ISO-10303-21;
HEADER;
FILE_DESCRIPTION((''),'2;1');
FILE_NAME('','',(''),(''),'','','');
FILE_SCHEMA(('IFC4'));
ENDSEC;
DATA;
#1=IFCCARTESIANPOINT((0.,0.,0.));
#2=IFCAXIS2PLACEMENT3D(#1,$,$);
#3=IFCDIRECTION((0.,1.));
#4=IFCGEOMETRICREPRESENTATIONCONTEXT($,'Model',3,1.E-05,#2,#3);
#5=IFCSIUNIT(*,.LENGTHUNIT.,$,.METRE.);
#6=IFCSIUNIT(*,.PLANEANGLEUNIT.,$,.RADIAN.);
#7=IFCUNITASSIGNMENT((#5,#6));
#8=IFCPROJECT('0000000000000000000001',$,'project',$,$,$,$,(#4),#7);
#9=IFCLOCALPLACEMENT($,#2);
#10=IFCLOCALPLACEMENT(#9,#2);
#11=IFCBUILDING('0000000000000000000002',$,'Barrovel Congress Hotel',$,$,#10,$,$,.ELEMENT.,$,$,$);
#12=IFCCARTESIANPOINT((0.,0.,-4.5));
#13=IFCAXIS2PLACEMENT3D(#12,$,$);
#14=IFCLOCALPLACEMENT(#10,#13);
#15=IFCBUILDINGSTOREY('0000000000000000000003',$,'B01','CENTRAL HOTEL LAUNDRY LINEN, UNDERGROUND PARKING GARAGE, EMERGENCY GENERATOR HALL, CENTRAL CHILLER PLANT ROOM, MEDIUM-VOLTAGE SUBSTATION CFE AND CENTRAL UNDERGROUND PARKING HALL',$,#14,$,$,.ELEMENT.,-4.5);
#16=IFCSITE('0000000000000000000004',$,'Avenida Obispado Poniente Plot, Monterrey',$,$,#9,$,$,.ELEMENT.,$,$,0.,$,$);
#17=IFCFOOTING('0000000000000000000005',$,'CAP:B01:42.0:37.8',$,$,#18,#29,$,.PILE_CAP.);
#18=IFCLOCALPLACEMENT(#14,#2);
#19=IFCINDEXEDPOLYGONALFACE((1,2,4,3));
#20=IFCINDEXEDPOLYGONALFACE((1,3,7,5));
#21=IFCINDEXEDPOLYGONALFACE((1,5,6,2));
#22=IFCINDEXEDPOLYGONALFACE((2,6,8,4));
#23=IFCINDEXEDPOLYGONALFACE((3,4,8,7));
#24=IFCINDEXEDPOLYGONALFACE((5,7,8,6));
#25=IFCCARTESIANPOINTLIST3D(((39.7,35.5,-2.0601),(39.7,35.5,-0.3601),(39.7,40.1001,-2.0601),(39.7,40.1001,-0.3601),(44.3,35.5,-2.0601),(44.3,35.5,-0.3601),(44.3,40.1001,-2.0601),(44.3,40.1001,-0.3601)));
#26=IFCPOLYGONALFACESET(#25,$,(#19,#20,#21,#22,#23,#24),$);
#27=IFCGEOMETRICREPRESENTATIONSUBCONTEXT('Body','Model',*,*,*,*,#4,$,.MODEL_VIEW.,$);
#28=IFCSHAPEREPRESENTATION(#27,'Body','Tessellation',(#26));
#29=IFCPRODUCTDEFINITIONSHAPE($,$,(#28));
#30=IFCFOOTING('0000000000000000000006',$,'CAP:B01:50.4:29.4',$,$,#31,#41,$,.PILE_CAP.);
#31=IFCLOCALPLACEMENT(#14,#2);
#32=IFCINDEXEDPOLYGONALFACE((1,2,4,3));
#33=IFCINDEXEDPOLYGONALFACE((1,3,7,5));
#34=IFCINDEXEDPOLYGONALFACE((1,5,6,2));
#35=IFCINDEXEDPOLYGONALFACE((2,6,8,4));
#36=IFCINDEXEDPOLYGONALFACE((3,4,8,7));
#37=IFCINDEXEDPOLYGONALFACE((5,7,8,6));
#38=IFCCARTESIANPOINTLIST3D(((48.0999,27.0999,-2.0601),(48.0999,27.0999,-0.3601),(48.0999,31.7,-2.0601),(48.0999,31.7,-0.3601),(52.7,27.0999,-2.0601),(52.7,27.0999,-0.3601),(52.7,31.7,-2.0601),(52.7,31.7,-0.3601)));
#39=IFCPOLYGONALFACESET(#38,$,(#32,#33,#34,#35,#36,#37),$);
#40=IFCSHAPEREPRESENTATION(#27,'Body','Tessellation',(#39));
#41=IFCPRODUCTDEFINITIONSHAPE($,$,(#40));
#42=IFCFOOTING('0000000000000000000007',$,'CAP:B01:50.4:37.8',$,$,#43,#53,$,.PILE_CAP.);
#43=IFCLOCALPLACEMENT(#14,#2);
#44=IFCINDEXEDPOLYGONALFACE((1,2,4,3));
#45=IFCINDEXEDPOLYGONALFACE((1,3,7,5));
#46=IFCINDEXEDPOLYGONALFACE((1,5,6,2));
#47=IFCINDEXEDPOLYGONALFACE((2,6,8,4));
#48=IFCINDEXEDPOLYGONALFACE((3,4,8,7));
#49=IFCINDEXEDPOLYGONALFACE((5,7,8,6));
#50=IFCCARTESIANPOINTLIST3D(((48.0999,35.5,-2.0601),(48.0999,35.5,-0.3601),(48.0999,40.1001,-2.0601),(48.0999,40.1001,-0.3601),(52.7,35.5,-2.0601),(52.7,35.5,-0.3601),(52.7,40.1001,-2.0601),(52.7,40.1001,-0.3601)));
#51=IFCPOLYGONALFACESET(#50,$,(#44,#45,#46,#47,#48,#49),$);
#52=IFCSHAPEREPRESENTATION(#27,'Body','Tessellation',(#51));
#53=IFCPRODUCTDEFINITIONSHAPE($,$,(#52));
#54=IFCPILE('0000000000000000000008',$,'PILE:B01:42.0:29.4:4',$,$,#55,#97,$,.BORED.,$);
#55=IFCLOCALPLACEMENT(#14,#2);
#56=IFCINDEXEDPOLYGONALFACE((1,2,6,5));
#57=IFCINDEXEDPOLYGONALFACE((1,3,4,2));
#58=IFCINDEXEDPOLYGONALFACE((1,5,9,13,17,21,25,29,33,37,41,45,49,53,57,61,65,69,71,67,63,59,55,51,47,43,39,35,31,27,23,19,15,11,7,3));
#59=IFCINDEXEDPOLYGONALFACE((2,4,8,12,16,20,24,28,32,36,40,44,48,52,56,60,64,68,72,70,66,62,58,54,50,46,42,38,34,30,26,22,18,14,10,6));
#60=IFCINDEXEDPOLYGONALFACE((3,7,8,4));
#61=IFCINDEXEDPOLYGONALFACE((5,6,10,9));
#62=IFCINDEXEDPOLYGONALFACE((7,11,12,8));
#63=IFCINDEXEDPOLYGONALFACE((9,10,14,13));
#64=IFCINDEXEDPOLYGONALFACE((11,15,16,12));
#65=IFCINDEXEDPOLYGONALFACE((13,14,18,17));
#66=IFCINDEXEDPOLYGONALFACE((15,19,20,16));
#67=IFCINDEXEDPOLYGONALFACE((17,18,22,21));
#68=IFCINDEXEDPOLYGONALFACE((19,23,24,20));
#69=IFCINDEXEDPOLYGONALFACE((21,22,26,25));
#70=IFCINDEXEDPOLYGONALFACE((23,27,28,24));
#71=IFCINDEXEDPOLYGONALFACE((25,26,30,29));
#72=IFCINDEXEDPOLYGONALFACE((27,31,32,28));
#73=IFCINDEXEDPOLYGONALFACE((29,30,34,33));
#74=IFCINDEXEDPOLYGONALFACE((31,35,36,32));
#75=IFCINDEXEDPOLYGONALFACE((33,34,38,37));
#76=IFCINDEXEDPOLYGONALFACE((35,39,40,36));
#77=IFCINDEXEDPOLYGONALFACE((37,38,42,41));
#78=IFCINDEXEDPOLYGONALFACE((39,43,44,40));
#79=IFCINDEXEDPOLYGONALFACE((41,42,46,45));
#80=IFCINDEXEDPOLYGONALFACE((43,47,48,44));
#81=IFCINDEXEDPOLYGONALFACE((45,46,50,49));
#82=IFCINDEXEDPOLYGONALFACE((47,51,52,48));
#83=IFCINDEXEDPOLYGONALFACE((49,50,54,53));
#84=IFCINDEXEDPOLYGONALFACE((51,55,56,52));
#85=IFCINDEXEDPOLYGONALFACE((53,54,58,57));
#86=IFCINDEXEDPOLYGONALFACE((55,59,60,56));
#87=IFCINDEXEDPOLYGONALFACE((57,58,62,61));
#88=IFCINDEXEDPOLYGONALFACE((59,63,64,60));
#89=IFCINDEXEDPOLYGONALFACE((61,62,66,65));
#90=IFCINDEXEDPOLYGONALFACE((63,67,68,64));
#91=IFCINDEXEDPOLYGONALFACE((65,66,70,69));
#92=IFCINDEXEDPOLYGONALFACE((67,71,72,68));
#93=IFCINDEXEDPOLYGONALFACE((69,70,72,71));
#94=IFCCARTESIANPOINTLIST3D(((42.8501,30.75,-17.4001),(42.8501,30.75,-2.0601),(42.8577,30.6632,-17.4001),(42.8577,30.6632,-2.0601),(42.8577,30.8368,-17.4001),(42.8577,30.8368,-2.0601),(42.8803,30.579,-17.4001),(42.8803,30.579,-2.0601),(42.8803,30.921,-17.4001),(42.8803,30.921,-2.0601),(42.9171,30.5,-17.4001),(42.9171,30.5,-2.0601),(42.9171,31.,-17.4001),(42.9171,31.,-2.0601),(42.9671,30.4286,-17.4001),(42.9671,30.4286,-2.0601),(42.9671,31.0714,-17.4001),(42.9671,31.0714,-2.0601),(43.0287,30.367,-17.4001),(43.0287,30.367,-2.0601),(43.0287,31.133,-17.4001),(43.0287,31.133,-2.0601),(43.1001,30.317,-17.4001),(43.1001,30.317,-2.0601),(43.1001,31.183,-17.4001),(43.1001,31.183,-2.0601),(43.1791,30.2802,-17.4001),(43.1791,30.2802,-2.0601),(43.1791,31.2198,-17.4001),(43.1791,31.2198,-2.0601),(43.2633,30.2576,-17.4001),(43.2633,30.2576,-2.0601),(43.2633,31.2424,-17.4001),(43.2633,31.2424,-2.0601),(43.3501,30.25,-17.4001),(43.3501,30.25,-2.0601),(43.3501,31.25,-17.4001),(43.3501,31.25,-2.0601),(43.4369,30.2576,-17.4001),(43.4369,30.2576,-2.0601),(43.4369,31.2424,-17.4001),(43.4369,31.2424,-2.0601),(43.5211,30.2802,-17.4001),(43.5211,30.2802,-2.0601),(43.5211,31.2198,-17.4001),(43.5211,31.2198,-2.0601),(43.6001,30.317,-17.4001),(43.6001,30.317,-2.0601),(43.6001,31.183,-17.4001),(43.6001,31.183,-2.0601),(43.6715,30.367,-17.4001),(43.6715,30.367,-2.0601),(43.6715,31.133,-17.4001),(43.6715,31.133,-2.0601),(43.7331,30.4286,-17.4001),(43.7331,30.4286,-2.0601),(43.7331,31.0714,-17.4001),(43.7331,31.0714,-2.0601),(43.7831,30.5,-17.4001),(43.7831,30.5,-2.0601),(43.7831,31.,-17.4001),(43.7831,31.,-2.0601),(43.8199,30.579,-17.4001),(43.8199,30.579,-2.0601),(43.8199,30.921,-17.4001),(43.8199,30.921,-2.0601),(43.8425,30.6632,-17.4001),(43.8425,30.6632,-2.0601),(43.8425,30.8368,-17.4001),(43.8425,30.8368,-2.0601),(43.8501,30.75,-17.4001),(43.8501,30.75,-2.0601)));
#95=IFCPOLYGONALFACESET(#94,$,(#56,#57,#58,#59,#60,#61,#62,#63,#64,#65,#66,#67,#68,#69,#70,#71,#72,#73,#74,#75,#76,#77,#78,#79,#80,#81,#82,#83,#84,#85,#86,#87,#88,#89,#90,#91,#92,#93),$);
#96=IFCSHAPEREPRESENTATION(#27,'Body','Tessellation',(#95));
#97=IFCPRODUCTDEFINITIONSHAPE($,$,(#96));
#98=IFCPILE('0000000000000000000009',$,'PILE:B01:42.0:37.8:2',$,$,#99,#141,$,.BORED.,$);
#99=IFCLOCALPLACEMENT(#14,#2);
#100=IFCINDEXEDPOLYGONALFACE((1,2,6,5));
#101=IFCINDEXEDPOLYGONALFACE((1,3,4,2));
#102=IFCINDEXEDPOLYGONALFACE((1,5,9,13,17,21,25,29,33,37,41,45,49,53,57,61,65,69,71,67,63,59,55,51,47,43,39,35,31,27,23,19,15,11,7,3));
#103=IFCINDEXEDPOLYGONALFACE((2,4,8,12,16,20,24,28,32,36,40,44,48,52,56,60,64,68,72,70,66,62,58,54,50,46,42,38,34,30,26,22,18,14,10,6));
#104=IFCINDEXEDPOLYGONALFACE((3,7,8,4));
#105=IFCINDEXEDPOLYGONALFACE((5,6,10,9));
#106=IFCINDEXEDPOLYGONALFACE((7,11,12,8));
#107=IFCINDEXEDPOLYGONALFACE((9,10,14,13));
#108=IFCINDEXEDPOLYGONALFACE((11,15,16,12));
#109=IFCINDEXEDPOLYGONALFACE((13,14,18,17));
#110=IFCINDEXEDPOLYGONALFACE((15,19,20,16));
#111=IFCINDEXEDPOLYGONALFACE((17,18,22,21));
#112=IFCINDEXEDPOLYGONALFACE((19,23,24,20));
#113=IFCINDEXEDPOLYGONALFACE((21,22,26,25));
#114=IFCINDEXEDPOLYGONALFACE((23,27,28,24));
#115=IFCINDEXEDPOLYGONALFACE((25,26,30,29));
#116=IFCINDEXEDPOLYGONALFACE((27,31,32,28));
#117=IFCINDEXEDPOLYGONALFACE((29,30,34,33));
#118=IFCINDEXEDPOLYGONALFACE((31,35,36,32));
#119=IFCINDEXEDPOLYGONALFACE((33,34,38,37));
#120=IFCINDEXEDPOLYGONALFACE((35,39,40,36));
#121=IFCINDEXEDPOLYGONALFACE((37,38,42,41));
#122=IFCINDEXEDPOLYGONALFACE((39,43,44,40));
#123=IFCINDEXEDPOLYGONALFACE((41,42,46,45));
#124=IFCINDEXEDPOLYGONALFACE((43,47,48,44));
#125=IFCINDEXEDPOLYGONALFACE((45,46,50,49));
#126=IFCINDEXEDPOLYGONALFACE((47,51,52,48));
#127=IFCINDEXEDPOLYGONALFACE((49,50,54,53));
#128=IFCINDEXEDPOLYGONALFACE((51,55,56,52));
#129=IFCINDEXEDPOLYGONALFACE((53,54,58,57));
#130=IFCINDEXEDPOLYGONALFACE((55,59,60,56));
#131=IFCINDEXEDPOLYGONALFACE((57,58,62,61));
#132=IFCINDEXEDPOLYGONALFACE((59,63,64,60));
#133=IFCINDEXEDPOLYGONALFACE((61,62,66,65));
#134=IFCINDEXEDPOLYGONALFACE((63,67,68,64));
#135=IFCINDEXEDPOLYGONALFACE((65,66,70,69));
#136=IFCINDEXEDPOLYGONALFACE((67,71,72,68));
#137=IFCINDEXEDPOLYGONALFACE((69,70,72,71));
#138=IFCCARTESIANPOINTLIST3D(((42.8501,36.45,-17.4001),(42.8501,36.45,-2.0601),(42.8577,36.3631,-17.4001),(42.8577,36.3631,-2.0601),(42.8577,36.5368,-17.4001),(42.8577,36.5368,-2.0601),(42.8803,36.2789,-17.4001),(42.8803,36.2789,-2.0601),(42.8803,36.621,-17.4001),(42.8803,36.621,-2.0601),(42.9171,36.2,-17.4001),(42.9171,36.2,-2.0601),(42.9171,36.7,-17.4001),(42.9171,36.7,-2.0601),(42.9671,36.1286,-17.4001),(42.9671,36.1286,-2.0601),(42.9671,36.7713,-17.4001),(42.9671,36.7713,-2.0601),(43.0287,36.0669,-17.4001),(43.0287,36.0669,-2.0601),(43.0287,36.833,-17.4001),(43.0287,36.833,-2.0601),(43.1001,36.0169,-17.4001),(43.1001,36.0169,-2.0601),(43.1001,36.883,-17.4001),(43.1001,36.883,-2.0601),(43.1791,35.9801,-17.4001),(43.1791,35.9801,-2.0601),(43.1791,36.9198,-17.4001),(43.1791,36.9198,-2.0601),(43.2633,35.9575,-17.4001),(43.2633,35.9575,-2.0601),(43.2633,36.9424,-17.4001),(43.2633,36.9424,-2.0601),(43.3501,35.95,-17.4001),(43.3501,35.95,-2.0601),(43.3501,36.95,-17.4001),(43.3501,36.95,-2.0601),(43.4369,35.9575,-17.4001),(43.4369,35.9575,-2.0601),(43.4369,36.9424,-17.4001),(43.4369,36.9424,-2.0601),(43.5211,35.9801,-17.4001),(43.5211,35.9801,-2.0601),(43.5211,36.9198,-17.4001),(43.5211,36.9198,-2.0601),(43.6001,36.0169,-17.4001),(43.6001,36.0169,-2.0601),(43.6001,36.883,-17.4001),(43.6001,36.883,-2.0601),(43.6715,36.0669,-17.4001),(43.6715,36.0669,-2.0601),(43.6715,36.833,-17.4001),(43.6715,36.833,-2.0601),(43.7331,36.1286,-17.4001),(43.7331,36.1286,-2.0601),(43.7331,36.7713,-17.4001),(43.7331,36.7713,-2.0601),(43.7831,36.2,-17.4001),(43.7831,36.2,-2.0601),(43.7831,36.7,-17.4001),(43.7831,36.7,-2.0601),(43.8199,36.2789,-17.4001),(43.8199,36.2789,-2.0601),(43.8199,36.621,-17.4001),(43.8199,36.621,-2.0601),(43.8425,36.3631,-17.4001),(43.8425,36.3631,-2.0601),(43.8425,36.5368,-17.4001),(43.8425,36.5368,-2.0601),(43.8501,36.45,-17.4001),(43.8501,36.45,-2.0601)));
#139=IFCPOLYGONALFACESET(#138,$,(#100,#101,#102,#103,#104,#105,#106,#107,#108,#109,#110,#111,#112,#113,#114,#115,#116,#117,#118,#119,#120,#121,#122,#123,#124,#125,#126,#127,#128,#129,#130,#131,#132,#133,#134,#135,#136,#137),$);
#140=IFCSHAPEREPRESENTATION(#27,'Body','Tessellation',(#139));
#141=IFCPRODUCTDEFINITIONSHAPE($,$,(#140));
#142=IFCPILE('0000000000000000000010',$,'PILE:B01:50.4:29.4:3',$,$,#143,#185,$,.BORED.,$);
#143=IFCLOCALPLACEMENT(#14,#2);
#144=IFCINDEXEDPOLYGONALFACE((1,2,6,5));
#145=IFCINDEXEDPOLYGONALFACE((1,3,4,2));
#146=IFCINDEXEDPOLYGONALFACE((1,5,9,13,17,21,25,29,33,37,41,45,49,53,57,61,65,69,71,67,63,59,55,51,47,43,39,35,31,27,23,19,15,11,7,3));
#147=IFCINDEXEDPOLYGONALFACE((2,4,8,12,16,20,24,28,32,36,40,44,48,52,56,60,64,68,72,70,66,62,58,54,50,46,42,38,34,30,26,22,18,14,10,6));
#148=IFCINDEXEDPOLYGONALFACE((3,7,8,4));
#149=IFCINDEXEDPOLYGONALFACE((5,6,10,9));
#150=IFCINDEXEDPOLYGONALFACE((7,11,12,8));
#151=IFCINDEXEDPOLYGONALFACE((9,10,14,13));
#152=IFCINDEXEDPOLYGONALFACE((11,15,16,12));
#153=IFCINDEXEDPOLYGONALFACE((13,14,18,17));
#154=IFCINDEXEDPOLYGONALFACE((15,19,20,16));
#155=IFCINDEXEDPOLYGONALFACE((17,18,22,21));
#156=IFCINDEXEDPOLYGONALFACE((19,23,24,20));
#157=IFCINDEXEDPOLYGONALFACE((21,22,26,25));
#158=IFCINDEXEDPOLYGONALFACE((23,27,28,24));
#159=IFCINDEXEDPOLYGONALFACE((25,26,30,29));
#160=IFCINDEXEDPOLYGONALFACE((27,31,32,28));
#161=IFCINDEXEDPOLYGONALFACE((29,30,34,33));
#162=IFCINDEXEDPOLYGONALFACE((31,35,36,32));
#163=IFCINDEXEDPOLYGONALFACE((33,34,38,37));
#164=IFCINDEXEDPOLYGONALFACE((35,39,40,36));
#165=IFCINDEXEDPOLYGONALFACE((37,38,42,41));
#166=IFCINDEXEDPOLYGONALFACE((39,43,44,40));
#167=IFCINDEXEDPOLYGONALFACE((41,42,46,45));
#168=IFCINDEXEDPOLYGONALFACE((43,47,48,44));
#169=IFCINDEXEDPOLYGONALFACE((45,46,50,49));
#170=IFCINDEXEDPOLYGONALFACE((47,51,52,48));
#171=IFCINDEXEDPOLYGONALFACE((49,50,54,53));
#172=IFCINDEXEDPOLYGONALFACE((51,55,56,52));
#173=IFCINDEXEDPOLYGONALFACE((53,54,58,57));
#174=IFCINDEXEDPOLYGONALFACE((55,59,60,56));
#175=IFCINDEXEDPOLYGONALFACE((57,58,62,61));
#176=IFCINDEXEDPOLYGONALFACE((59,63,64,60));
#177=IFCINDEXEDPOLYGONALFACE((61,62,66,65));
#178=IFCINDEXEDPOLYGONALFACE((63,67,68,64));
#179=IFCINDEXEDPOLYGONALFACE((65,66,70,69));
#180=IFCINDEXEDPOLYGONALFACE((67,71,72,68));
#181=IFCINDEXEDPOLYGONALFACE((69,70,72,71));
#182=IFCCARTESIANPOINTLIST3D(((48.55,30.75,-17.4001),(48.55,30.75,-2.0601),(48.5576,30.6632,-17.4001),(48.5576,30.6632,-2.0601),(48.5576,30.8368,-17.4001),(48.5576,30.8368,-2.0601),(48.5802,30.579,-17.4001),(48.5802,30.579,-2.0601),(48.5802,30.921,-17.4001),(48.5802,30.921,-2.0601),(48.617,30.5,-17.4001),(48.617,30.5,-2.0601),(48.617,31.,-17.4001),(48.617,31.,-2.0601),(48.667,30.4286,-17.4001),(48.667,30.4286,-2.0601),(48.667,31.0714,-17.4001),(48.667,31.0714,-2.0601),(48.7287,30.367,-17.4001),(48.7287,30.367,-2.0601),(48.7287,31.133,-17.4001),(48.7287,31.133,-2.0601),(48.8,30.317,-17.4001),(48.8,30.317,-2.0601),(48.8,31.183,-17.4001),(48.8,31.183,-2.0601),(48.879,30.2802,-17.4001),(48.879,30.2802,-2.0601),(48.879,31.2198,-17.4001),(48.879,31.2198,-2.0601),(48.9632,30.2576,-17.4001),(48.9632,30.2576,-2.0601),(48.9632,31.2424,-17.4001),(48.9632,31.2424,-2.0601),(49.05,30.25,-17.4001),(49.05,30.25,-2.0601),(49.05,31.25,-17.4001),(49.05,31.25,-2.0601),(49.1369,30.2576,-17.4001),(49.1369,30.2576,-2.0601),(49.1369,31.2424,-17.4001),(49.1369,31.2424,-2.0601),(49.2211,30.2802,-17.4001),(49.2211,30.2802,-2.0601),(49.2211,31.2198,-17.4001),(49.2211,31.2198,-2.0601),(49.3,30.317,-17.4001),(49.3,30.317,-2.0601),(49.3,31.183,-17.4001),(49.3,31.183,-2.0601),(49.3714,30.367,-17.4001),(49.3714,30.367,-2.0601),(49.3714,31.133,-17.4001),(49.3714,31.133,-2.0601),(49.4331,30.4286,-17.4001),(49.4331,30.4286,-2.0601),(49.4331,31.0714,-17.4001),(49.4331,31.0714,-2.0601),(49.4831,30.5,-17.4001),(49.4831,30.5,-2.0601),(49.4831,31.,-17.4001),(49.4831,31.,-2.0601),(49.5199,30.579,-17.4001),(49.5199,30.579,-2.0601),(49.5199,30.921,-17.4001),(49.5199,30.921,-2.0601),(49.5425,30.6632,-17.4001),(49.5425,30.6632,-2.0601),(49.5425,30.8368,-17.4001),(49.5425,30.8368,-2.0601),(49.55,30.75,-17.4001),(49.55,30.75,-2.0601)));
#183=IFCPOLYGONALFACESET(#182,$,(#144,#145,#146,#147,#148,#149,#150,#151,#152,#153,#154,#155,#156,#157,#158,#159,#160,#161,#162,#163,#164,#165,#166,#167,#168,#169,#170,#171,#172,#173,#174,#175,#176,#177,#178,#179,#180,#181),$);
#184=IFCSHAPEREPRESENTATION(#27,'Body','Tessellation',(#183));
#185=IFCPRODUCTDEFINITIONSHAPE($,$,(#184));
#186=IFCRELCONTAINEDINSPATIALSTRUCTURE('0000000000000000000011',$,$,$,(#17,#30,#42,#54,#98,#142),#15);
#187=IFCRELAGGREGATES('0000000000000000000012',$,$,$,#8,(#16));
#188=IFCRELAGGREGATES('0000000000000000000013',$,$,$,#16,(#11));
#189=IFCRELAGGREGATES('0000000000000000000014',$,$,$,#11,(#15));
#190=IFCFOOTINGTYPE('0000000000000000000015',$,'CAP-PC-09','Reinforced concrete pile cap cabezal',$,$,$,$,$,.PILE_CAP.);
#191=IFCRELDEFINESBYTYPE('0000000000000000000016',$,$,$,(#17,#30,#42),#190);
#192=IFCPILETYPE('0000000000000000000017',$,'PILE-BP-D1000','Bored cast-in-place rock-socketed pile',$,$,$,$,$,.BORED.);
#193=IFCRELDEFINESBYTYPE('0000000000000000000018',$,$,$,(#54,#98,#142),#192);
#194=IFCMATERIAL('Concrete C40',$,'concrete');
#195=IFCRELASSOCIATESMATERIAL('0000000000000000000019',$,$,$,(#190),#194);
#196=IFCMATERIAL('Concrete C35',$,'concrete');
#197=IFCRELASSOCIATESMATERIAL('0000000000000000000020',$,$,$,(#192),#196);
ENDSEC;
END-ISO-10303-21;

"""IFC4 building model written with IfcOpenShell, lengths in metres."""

from ifc_helpers import new_model, si_unit, direction, frame, origin, origin_2d, place, context, subcontext, project, spatial, rectangle, circle, extrude, material, material_profile, profile_set, type_object, element, save


model = new_model("IFC4")

# Units and contexts
model_context = context("Model", 3, precision=1e-05, world=origin(), true_north=direction((0.0, 1.0)))
body_context = subcontext(model_context, "Body", "Model", "MODEL_VIEW")
ifc_project = project(units=[si_unit("LENGTHUNIT", "METRE"), si_unit("PLANEANGLEUNIT", "RADIAN")], contexts=[model_context])

# Site, building, storey
site_placement = place(None, origin())
site = spatial("IfcSite", under=ifc_project, at=site_placement, Name="Avenida Obispado Poniente Plot, Monterrey", CompositionType="ELEMENT", RefElevation=0.0)
building_placement = place(site_placement, origin())
building = spatial("IfcBuilding", under=site, at=building_placement, Name="Barrovel Congress Hotel", CompositionType="ELEMENT")
storey_placement = place(building_placement, frame((0.0, 0.0, -4.5)))
storey = spatial("IfcBuildingStorey", under=building, at=storey_placement, Name="B01", Description="CENTRAL HOTEL LAUNDRY LINEN, UNDERGROUND PARKING GARAGE, EMERGENCY GENERATOR HALL, CENTRAL CHILLER PLANT ROOM, MEDIUM-VOLTAGE SUBSTATION CFE AND CENTRAL UNDERGROUND PARKING HALL", CompositionType="ELEMENT", Elevation=-4.5)

# Footings
ifc_material_1 = material(Name="Concrete C40", Category="concrete")
footing_type = type_object("IfcFootingType", Name="CAP-PC-09", Description="Reinforced concrete pile cap cabezal", PredefinedType="PILE_CAP", material=ifc_material_1)
for number, where, z_axis, x_axis, name in (
    (1, (42.0, 37.8, -2.0601), (0.0, 0.0, 1.0), (1.0, 0.0, 0.0), "CAP:B01:42.0:37.8"),
    (2, (50.3999, 29.3999, -2.0601), (0.0, 0.0, 1.0), (1.0, 0.0, 0.0), "CAP:B01:50.4:29.4"),
    (3, (50.3999, 37.8, -2.0601), (0.0, 0.0, 1.0), (1.0, 0.0, 0.0), "CAP:B01:50.4:37.8"),
):
    element("IfcFooting", number, at=place(storey_placement, frame(where, z_axis=z_axis, x_axis=x_axis)), inside=storey, type_object=footing_type, Name=name, PredefinedType="PILE_CAP", context=body_context, shape_type="SweptSolid", body=[
        extrude(rectangle(XDim=4.6001, YDim=4.6001, at=origin_2d()), origin(), (0.0, 0.0, 1.0), 1.7),
    ])

# Piles
ifc_material_2 = material(Name="Concrete C35", Category="concrete")
ifc_material_profile_1 = material_profile(ifc_material_2, circle(Radius=0.5, at=origin_2d()), Name="BP-D1000")
ifc_profile_set_1 = profile_set([ifc_material_profile_1], Name="Concrete C35")
pile_type = type_object("IfcPileType", Name="PILE-BP-D1000", Description="Bored cast-in-place rock-socketed pile", PredefinedType="BORED", material=ifc_profile_set_1)
for number, where, z_axis, x_axis, name in (
    (4, (43.3501, 30.75, -2.0601), (0.0, 0.0, -1.0), (1.0, 0.0, 0.0), "PILE:B01:42.0:29.4:4"),
    (5, (43.3501, 36.45, -2.0601), (0.0, 0.0, -1.0), (1.0, 0.0, 0.0), "PILE:B01:42.0:37.8:2"),
    (6, (49.05, 30.75, -2.0601), (0.0, 0.0, -1.0), (1.0, 0.0, 0.0), "PILE:B01:50.4:29.4:3"),
):
    element("IfcPile", number, at=place(storey_placement, frame(where, z_axis=z_axis, x_axis=x_axis)), inside=storey, type_object=pile_type, Name=name, PredefinedType="BORED", context=body_context, shape_type="SweptSolid", body=[
        extrude(circle(Radius=0.5, at=origin_2d()), origin(), (0.0, 0.0, 1.0), 15.3401),
    ])

save(model, "model.ifc")
